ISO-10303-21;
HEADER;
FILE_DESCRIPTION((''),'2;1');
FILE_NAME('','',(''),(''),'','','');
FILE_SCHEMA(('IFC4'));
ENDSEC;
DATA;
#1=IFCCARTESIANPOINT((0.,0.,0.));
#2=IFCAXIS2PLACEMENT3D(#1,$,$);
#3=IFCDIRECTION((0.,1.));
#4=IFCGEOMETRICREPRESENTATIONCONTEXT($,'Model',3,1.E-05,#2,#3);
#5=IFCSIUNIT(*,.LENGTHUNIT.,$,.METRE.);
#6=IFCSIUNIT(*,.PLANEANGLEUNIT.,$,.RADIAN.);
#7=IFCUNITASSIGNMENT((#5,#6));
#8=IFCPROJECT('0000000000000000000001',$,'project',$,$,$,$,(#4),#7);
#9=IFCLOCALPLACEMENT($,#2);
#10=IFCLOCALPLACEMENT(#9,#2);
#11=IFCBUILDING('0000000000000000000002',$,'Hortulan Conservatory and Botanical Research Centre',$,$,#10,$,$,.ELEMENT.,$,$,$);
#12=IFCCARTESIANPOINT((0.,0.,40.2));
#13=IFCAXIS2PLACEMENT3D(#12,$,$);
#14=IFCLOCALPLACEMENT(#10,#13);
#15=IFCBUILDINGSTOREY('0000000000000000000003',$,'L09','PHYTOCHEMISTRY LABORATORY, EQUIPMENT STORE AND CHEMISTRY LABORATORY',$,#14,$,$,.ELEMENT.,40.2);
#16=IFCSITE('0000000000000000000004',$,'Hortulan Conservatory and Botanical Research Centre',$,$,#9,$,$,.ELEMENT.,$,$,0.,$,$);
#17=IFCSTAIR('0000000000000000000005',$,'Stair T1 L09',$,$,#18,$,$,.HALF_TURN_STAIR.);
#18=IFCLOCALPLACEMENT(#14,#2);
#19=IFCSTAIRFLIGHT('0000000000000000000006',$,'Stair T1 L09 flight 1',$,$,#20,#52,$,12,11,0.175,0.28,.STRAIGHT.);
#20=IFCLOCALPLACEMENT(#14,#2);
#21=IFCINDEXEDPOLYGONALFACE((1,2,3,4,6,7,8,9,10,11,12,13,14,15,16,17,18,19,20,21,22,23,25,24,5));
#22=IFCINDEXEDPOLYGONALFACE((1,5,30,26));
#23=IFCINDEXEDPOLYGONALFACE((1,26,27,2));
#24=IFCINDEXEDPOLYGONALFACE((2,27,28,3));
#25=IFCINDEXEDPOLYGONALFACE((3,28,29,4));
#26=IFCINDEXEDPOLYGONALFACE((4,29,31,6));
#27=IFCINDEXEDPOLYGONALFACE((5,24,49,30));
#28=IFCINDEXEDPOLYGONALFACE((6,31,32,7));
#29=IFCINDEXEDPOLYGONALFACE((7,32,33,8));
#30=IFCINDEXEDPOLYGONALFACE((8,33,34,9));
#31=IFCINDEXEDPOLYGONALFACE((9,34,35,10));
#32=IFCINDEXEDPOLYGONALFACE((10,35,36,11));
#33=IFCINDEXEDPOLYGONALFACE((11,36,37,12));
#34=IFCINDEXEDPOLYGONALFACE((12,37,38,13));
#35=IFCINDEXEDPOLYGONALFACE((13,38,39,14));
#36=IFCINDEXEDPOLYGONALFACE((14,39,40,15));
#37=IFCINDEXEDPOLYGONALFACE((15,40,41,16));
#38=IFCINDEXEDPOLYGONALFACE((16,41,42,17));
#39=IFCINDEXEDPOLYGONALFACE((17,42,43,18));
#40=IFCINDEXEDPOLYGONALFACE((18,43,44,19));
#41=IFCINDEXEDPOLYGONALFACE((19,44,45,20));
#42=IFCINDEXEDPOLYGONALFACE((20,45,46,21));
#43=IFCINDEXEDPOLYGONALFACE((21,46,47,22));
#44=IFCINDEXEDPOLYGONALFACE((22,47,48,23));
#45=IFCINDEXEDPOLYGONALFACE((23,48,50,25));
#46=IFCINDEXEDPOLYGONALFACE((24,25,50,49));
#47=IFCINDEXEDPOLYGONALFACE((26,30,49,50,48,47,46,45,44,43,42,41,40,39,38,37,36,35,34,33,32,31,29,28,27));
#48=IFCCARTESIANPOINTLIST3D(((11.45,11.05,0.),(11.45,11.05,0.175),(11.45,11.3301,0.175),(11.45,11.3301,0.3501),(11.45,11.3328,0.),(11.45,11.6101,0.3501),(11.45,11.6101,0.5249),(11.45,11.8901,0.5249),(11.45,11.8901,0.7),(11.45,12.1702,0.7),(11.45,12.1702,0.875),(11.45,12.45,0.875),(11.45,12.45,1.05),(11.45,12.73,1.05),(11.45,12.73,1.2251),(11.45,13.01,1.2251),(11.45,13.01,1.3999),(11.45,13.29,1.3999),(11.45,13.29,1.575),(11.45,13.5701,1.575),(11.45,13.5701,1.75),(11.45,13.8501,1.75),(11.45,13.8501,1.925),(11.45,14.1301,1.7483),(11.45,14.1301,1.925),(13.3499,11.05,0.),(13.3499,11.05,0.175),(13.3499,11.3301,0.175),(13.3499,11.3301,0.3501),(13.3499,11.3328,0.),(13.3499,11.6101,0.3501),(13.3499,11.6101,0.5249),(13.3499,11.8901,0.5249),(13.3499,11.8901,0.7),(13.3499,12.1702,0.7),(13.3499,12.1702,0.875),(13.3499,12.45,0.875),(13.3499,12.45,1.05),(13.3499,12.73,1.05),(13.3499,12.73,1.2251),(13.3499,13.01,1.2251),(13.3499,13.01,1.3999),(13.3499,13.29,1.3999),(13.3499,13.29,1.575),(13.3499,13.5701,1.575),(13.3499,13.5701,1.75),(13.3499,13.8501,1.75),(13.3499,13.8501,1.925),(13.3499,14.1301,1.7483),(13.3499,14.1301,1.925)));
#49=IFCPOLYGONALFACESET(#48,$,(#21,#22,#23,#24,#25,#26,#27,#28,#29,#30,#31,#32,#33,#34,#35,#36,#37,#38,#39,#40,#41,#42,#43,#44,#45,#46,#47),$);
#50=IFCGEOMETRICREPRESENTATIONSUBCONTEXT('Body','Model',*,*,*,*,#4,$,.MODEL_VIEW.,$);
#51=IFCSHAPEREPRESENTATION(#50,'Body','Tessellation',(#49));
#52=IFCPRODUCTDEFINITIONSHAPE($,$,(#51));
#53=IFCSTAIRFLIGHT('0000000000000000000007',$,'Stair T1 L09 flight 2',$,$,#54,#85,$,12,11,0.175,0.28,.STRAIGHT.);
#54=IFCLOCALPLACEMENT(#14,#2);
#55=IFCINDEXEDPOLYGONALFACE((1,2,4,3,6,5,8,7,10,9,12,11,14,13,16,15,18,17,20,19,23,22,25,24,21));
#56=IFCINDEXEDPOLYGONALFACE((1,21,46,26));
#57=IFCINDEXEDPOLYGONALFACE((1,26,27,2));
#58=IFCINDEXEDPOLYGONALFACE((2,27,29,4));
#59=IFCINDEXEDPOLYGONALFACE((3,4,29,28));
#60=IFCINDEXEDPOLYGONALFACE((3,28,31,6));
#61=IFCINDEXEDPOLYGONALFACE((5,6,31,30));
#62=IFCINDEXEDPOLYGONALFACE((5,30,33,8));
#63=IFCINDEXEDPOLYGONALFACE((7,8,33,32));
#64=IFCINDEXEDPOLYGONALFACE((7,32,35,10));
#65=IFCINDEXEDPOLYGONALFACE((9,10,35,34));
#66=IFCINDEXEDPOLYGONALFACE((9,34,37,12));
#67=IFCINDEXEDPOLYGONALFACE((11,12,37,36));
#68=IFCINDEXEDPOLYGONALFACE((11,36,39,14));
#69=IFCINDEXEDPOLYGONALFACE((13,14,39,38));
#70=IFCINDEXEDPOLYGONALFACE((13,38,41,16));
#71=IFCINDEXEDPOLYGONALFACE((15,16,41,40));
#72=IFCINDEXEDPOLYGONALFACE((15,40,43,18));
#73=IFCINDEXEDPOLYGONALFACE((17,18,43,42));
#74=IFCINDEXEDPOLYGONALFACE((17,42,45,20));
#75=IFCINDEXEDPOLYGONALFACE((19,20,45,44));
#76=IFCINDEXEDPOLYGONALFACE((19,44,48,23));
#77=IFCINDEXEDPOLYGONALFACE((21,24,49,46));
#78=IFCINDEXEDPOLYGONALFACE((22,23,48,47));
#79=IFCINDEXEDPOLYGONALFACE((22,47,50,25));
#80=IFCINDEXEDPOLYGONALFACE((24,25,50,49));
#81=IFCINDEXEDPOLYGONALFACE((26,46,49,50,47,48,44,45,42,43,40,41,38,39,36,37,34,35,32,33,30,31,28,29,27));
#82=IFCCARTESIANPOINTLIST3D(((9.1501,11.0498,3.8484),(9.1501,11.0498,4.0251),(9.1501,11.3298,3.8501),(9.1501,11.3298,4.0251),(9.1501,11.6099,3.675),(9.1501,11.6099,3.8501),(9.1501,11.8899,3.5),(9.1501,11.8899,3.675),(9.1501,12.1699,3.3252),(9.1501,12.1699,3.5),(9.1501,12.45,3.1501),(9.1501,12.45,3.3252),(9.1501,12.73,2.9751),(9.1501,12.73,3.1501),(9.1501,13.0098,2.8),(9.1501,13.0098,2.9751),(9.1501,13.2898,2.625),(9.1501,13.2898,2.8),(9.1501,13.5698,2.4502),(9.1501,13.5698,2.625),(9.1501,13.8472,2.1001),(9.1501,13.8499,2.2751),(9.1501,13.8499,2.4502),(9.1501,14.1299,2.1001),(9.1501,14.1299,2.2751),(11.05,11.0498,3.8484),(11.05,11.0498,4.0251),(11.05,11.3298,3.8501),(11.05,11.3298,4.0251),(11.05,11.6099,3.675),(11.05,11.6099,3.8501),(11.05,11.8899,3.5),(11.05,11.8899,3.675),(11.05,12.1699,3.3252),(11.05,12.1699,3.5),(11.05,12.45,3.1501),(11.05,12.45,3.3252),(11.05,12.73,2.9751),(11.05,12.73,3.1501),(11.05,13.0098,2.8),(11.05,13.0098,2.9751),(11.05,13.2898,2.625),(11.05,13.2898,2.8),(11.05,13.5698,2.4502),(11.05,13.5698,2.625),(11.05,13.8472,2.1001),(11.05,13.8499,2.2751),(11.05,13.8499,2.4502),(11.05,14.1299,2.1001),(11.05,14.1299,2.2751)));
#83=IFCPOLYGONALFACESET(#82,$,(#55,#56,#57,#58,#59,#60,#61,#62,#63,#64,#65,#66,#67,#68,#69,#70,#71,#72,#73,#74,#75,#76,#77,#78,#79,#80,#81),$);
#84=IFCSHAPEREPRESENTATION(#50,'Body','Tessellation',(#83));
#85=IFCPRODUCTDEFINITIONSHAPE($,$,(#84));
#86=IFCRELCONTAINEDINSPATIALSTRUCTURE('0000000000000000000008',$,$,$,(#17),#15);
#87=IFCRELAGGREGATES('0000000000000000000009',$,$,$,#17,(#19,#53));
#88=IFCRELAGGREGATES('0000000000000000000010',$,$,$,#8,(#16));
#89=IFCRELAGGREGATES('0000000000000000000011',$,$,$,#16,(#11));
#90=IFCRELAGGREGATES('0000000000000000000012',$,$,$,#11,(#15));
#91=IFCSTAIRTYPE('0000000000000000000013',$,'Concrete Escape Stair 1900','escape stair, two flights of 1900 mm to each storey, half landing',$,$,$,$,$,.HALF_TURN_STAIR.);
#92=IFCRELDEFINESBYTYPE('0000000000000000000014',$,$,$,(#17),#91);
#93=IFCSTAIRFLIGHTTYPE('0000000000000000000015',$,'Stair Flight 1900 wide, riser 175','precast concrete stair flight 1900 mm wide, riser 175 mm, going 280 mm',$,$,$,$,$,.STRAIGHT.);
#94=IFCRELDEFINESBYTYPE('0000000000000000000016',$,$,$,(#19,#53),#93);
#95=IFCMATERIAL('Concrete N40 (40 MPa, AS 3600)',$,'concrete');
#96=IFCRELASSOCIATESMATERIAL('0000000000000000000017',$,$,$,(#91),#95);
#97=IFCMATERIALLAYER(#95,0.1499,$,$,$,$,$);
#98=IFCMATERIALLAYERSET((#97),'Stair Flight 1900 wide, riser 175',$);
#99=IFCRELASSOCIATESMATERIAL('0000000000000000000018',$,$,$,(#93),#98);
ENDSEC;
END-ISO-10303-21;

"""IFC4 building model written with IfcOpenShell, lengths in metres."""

from ifc_helpers import new_model, si_unit, direction, frame, origin, place, context, subcontext, project, spatial, polyline, outline, extrude, material, layer, layer_set, type_object, element, aggregate, save


model = new_model("IFC4")

# Units and contexts
model_context = context("Model", 3, precision=1e-05, world=origin(), true_north=direction((0.0, 1.0)))
body_context = subcontext(model_context, "Body", "Model", "MODEL_VIEW")
ifc_project = project(units=[si_unit("LENGTHUNIT", "METRE"), si_unit("PLANEANGLEUNIT", "RADIAN")], contexts=[model_context])

# Site, building, storey
site_placement = place(None, origin())
site = spatial("IfcSite", under=ifc_project, at=site_placement, Name="Hortulan Conservatory and Botanical Research Centre", CompositionType="ELEMENT", RefElevation=0.0)
building_placement = place(site_placement, origin())
building = spatial("IfcBuilding", under=site, at=building_placement, Name="Hortulan Conservatory and Botanical Research Centre", CompositionType="ELEMENT")
storey_placement = place(building_placement, frame((0.0, 0.0, 40.2)))
storey = spatial("IfcBuildingStorey", under=building, at=storey_placement, Name="L09", Description="PHYTOCHEMISTRY LABORATORY, EQUIPMENT STORE AND CHEMISTRY LABORATORY", CompositionType="ELEMENT", Elevation=40.2)

# Shared definitions
ifc_material_1 = material(Name="Concrete N40 (40 MPa, AS 3600)", Category="concrete")

# Stair, stair flights
stair_type = type_object("IfcStairType", Name="Concrete Escape Stair 1900", Description="escape stair, two flights of 1900 mm to each storey, half landing", PredefinedType="HALF_TURN_STAIR", material=ifc_material_1)
stair_placement = place(storey_placement, origin())
stair = element("IfcStair", 1, at=stair_placement, inside=storey, type_object=stair_type, Name="Stair T1 L09", PredefinedType="HALF_TURN_STAIR")
ifc_layer_1 = layer(ifc_material_1, 0.1499)
ifc_layer_set_1 = layer_set([ifc_layer_1], Name="Stair Flight 1900 wide, riser 175")
stair_flight_type = type_object("IfcStairFlightType", Name="Stair Flight 1900 wide, riser 175", Description="precast concrete stair flight 1900 mm wide, riser 175 mm, going 280 mm", PredefinedType="STRAIGHT", material=ifc_layer_set_1)
stair_flight_1_placement = place(storey_placement, frame((12.3999, 11.05, 0.0), z_axis=(0.0, 0.0, 1.0), x_axis=(0.0, 1.0, 0.0)))
stair_flight_1 = element("IfcStairFlight", 2, at=stair_flight_1_placement, type_object=stair_flight_type, Name="Stair T1 L09 flight 1", NumberOfRisers=12, NumberOfTreads=11, PredefinedType="STRAIGHT", RiserHeight=0.175, TreadLength=0.28, context=body_context, shape_type="SweptSolid", body=[
    extrude(outline(polyline([(0.0, 0.0), (0.0, 0.175), (0.28, 0.175), (0.28, 0.3501), (0.5601, 0.3501), (0.5601, 0.5249), (0.8401, 0.5249), (0.8401, 0.7), (1.1201, 0.7), (1.1201, 0.875), (1.3999, 0.875), (1.3999, 1.05), (1.6799, 1.05), (1.6799, 1.2251), (1.96, 1.2251), (1.96, 1.3999), (2.24, 1.3999), (2.24, 1.575), (2.52, 1.575), (2.52, 1.75), (2.8, 1.75), (2.8, 1.925), (3.0801, 1.925), (3.0801, 2.1001), (3.0801, 1.7483), (0.2827, 0.0), (0.0, 0.0)])), frame((0.0, 0.95, 0.0), z_axis=(0.0, -1.0, 0.0), x_axis=(1.0, 0.0, 0.0)), (0.0, 0.0, 1.0), 1.8999),
])
stair_flight_2_placement = place(storey_placement, frame((10.1001, 14.1299, 2.1001), z_axis=(0.0, 0.0, 1.0), x_axis=(0.0, -1.0, 0.0)))
stair_flight_2 = element("IfcStairFlight", 3, at=stair_flight_2_placement, type_object=stair_flight_type, Name="Stair T1 L09 flight 2", NumberOfRisers=12, NumberOfTreads=11, PredefinedType="STRAIGHT", RiserHeight=0.175, TreadLength=0.28, context=body_context, shape_type="SweptSolid", body=[
    extrude(outline(polyline([(0.0, 0.0), (0.0, 0.175), (0.28, 0.175), (0.28, 0.3501), (0.5601, 0.3501), (0.5601, 0.5249), (0.8401, 0.5249), (0.8401, 0.7), (1.1201, 0.7), (1.1201, 0.875), (1.3999, 0.875), (1.3999, 1.05), (1.6799, 1.05), (1.6799, 1.2251), (1.96, 1.2251), (1.96, 1.3999), (2.24, 1.3999), (2.24, 1.575), (2.52, 1.575), (2.52, 1.75), (2.8, 1.75), (2.8, 1.925), (3.0801, 1.925), (3.0801, 2.1001), (3.0801, 1.7483), (0.2827, 0.0), (0.0, 0.0)])), frame((0.0, 0.95, 0.0), z_axis=(0.0, -1.0, 0.0), x_axis=(1.0, 0.0, 0.0)), (0.0, 0.0, 1.0), 1.8999),
])
aggregate(stair, [stair_flight_1, stair_flight_2])

save(model, "model.ifc")
